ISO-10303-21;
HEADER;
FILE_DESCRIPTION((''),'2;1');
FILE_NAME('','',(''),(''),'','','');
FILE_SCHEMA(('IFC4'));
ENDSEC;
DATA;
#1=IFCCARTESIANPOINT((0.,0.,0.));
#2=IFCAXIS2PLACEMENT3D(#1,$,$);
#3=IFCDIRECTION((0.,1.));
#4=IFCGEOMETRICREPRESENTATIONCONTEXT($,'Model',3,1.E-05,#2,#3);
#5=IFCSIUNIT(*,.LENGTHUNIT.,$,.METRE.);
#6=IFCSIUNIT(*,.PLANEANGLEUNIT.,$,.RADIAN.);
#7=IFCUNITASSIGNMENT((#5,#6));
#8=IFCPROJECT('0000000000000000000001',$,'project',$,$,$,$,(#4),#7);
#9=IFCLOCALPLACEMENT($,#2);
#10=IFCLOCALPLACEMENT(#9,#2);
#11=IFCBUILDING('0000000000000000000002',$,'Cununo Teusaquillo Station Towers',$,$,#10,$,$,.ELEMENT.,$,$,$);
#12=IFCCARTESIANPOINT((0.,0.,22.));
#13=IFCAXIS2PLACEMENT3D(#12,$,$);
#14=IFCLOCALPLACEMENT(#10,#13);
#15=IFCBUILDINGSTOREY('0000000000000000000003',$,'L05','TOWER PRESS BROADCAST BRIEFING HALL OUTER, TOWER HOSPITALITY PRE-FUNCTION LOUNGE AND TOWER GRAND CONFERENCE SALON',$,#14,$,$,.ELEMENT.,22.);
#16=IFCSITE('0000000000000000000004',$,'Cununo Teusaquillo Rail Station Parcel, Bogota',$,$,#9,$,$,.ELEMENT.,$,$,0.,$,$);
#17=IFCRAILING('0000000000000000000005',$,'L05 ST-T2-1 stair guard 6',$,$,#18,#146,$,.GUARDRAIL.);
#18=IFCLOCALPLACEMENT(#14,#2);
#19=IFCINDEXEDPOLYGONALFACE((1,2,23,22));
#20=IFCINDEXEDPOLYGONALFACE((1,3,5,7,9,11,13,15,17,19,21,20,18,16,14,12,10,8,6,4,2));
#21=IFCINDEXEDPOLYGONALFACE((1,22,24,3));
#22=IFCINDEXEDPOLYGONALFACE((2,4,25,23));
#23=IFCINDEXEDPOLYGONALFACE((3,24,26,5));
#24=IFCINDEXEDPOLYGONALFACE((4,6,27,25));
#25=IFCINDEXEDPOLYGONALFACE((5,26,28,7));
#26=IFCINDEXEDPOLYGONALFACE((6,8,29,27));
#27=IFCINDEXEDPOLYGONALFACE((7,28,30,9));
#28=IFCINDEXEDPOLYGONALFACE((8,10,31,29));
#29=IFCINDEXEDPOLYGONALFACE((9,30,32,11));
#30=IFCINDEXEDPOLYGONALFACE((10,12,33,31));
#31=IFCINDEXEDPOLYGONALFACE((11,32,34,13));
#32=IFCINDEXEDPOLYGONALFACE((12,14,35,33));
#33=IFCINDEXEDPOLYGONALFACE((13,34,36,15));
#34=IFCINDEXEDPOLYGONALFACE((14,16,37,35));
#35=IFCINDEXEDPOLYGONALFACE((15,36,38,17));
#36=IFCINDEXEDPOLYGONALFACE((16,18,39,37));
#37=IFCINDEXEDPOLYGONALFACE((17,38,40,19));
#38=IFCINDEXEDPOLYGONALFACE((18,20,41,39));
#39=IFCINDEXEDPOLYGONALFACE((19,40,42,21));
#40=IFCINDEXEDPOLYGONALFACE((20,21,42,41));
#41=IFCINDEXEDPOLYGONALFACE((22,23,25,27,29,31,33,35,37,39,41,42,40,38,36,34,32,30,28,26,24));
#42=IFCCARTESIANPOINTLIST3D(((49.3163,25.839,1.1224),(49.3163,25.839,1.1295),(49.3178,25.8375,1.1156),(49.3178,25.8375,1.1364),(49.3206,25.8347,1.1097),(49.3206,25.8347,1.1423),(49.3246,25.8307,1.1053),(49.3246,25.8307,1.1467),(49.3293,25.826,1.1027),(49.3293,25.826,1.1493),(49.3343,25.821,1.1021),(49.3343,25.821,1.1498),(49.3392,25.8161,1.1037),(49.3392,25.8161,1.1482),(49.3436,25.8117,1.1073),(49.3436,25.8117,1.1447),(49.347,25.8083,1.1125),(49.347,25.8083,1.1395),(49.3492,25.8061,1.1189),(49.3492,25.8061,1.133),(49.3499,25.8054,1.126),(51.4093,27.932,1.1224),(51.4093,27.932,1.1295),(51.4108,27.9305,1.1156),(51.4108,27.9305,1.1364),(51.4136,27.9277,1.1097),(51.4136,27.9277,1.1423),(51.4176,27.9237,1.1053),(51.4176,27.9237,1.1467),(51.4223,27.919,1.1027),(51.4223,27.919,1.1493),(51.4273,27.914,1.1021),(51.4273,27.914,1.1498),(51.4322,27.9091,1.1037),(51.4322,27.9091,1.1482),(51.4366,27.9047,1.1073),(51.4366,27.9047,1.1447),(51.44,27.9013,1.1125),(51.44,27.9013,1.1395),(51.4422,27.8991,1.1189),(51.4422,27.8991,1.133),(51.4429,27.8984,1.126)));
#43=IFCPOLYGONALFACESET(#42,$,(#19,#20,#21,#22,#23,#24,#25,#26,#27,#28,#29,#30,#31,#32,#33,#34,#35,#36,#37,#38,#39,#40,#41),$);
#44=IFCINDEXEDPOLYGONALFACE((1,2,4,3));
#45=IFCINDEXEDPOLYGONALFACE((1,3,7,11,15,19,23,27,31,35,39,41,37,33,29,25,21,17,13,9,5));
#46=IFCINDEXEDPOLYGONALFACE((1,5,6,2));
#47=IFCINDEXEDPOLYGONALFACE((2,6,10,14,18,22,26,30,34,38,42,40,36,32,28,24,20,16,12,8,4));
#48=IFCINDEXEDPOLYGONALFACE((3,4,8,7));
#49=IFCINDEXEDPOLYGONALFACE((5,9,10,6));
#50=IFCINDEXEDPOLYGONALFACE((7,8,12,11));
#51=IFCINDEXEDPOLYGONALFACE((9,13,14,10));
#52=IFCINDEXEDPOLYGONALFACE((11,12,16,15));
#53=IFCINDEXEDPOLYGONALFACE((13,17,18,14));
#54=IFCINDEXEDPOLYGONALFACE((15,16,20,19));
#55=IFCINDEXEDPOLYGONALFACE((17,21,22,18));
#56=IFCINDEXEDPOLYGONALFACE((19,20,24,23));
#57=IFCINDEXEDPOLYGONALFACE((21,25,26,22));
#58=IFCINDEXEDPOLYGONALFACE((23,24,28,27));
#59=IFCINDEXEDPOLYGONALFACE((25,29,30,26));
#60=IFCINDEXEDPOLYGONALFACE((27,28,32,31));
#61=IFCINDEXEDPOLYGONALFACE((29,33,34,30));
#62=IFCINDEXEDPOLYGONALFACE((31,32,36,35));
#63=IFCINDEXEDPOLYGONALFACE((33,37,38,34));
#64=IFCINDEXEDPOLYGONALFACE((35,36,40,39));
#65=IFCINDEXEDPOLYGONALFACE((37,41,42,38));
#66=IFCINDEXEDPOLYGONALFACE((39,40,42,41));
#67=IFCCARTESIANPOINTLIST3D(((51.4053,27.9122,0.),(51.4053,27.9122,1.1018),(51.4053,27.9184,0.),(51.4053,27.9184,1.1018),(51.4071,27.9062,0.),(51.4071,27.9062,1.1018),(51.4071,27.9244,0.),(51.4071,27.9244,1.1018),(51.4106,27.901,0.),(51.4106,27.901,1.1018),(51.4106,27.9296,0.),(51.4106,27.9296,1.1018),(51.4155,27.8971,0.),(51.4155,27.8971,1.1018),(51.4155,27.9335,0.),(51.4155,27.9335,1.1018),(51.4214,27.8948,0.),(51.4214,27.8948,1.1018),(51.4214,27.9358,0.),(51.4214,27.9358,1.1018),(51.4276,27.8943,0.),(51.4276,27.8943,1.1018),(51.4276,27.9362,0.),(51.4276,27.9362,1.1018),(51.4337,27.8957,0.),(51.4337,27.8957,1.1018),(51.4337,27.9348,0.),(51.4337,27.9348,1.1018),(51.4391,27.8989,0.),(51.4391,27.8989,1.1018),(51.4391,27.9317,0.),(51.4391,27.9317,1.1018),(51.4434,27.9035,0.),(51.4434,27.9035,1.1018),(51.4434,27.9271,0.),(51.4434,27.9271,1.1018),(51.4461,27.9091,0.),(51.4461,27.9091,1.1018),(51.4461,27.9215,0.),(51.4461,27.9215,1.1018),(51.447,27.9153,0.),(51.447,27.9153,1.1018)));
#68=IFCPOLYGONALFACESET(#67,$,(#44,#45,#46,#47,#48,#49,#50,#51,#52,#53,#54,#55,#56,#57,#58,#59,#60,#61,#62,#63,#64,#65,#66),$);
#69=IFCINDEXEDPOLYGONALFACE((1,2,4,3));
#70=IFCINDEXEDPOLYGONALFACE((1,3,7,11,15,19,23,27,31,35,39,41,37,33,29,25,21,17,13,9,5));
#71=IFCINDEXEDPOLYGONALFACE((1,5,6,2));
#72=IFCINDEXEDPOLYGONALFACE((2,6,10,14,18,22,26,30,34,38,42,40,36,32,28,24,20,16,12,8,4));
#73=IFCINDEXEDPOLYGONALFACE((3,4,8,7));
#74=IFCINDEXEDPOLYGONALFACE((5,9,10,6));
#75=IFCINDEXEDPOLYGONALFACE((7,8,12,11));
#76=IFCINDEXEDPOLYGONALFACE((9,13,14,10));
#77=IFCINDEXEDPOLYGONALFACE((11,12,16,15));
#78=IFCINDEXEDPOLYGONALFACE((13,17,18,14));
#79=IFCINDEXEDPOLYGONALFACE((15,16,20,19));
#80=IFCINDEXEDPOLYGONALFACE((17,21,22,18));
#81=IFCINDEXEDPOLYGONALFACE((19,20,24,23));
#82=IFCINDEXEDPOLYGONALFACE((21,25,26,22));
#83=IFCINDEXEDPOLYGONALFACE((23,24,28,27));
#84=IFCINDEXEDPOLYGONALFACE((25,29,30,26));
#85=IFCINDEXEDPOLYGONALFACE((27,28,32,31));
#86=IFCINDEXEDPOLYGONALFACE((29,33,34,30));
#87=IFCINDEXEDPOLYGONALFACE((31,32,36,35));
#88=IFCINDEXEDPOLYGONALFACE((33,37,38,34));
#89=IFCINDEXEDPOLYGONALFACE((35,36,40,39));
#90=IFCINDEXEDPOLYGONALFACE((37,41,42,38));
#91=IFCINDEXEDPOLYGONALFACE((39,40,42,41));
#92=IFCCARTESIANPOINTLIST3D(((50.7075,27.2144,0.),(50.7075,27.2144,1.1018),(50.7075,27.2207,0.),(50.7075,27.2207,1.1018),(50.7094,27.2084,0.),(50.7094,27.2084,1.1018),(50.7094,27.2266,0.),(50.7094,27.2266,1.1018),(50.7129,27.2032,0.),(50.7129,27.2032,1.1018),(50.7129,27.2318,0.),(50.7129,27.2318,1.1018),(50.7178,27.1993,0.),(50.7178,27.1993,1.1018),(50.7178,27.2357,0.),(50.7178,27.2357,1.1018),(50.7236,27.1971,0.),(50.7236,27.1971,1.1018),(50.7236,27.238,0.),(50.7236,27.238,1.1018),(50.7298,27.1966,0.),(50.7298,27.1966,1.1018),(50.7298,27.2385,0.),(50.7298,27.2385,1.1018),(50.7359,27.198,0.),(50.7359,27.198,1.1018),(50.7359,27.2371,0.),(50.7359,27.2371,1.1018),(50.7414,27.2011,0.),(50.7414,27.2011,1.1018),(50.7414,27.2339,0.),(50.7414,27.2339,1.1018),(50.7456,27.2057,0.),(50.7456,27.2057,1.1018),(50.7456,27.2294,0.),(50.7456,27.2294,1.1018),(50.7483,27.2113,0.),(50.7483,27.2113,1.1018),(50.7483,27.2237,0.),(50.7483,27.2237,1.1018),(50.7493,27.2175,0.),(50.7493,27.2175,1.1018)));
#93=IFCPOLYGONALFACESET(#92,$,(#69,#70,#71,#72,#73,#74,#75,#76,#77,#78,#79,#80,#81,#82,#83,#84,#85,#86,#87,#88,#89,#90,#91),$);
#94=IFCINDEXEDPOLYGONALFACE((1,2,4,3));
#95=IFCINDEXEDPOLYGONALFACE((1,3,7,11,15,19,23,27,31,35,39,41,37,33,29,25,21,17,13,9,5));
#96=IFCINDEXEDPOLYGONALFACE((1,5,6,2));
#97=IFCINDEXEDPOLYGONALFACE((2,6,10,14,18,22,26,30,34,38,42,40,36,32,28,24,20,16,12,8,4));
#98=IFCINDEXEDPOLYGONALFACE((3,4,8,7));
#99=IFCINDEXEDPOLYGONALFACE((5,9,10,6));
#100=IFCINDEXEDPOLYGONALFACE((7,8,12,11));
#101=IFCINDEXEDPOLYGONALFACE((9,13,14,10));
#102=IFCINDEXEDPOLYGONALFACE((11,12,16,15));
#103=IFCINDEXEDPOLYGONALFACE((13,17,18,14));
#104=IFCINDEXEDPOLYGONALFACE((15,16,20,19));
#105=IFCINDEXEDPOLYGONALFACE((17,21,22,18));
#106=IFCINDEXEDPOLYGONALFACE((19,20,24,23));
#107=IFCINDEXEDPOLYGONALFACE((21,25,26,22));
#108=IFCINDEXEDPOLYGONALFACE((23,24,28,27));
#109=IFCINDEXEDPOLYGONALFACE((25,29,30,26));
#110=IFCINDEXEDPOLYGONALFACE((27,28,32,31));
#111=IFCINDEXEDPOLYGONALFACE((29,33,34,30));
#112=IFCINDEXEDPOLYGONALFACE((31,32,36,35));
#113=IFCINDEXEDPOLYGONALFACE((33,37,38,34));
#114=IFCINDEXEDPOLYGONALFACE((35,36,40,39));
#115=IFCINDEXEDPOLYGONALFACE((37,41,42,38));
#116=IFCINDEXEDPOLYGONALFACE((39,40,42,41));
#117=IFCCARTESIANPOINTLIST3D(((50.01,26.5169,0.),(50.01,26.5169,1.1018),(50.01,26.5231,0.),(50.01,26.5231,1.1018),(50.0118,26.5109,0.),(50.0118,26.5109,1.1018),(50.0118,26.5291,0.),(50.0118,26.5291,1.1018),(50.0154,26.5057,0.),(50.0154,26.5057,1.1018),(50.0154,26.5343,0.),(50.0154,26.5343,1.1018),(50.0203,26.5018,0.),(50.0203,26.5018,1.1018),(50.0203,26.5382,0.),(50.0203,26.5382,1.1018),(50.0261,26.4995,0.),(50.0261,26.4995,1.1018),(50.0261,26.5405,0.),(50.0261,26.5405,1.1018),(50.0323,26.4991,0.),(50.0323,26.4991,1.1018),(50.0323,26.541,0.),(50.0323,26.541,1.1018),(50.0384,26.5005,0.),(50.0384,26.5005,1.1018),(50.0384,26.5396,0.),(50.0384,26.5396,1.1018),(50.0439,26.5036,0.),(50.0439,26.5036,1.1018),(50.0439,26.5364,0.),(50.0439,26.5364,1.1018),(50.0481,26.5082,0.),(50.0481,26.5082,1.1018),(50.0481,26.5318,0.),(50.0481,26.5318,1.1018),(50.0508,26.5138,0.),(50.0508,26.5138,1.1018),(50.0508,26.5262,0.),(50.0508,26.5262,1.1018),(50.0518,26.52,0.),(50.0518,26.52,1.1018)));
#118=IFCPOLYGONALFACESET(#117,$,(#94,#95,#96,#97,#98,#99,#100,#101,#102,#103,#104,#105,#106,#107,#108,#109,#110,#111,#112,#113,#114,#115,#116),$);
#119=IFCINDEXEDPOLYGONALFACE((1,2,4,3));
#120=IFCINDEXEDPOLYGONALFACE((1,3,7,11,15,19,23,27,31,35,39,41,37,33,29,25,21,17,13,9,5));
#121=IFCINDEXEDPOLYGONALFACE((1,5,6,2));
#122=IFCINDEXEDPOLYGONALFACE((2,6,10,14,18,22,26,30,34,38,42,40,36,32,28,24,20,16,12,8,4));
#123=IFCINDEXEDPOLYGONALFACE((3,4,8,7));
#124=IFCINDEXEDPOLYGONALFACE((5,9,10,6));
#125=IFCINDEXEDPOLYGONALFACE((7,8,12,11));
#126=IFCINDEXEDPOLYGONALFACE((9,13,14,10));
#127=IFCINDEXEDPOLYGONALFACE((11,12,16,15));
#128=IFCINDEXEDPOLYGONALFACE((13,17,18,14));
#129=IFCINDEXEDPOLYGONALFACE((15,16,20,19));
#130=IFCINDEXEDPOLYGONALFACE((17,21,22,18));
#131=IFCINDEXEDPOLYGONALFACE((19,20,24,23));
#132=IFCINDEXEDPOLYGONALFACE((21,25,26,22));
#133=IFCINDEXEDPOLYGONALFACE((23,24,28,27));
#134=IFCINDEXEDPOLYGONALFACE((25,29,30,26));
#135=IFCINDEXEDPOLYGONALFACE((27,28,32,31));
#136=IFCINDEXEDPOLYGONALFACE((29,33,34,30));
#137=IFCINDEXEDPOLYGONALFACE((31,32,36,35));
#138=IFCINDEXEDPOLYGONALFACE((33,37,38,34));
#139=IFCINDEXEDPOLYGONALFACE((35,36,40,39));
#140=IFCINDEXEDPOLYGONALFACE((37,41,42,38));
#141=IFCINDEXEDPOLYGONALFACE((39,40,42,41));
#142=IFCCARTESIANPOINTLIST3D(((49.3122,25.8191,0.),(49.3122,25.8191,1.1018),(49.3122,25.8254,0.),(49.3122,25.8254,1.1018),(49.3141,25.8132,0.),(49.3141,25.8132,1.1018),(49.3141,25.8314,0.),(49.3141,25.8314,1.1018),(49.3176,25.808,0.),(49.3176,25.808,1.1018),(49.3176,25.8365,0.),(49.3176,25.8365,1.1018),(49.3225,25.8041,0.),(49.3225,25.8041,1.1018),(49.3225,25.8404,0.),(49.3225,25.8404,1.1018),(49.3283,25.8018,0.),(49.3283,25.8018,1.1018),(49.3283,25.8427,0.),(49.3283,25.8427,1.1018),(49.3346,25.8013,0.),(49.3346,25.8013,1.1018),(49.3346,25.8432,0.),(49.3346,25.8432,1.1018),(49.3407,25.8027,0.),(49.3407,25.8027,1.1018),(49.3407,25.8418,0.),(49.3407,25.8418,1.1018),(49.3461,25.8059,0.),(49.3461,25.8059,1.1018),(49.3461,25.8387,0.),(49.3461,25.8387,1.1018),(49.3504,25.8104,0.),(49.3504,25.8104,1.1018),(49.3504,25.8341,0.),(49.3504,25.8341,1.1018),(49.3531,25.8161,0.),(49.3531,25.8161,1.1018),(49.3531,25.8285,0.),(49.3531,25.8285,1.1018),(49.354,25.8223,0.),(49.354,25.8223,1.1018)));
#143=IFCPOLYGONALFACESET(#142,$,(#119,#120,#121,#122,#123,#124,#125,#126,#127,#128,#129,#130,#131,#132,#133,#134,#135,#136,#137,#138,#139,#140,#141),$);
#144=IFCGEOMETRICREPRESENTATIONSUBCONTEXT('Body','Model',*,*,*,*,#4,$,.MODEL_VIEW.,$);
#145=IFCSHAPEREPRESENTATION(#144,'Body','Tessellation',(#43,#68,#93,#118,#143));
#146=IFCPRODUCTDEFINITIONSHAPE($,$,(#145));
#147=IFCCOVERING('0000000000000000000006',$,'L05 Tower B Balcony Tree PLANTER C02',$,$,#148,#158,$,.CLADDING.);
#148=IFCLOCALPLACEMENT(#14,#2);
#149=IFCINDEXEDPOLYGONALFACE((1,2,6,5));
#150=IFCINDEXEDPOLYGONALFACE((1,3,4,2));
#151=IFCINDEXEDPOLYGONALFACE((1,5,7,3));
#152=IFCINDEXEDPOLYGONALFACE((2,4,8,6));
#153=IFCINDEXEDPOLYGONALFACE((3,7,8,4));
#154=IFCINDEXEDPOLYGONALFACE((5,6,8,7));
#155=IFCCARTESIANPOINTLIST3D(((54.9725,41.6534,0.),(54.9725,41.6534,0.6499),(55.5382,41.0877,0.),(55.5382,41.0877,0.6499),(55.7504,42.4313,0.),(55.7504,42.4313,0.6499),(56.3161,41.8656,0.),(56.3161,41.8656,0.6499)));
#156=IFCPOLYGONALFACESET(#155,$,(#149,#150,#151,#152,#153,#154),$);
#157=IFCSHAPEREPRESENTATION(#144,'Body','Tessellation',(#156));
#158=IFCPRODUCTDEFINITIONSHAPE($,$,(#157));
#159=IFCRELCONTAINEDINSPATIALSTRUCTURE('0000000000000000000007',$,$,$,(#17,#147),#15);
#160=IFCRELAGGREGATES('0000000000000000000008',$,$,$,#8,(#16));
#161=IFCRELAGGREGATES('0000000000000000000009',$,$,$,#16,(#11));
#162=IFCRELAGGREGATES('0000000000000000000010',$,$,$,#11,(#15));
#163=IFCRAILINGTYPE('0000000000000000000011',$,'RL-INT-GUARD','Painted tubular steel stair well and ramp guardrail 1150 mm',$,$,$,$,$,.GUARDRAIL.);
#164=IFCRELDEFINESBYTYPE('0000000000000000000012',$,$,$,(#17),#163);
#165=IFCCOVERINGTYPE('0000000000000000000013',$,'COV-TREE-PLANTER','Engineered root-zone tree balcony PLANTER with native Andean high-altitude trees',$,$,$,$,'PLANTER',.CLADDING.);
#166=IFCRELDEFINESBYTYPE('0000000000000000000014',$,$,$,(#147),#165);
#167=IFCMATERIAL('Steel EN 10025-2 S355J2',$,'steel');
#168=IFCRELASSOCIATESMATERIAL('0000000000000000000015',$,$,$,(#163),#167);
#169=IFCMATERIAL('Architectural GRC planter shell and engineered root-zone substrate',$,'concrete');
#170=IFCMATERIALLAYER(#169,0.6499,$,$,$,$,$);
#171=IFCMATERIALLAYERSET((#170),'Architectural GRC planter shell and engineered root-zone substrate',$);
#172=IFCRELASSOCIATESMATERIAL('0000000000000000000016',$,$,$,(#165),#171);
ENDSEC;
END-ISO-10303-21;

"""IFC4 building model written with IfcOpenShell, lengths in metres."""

from ifc_helpers import new_model, si_unit, direction, frame, origin, origin_2d, place, context, subcontext, project, spatial, rectangle, circle, extrude, source, transform, mapped, material, layer, layer_set, type_object, element, save


model = new_model("IFC4")

# Units and contexts
model_context = context("Model", 3, precision=1e-05, world=origin(), true_north=direction((0.0, 1.0)))
body_context = subcontext(model_context, "Body", "Model", "MODEL_VIEW")
ifc_project = project(units=[si_unit("LENGTHUNIT", "METRE"), si_unit("PLANEANGLEUNIT", "RADIAN")], contexts=[model_context])

# Site, building, storey
site_placement = place(None, origin())
site = spatial("IfcSite", under=ifc_project, at=site_placement, Name="Cununo Teusaquillo Rail Station Parcel, Bogota", CompositionType="ELEMENT", RefElevation=0.0)
building_placement = place(site_placement, origin())
building = spatial("IfcBuilding", under=site, at=building_placement, Name="Cununo Teusaquillo Station Towers", CompositionType="ELEMENT")
storey_placement = place(building_placement, frame((0.0, 0.0, 22.0)))
storey = spatial("IfcBuildingStorey", under=building, at=storey_placement, Name="L05", Description="TOWER PRESS BROADCAST BRIEFING HALL OUTER, TOWER HOSPITALITY PRE-FUNCTION LOUNGE AND TOWER GRAND CONFERENCE SALON", CompositionType="ELEMENT", Elevation=22.0)

# Railing
ifc_material_1 = material(Name="Steel EN 10025-2 S355J2", Category="steel")
railing_type_1 = type_object("IfcRailingType", Name="RL-INT-GUARD", Description="Painted tubular steel stair well and ramp guardrail 1150 mm", PredefinedType="GUARDRAIL", material=ifc_material_1)
railing_1_placement = place(storey_placement, frame((51.426, 27.9153, 0.0)))
element("IfcRailing", 1, at=railing_1_placement, inside=storey, type_object=railing_type_1, Name="L05 ST-T2-1 stair guard 6", PredefinedType="GUARDRAIL", context=body_context, shape_type="SweptSolid", body=[
    extrude(circle(Radius=0.0239, at=origin_2d()), frame((0.0, 0.0, 1.126), z_axis=(-0.707107, -0.707107, 0.0), x_axis=(0.707107, -0.707107, 0.0)), (0.0, 0.0, 1.0), 2.96),
    extrude(circle(Radius=0.021, at=origin_2d()), origin(), (0.0, 0.0, 1.0), 1.1018),
    extrude(circle(Radius=0.021, at=origin_2d()), frame((-0.6978, -0.6978, 0.0)), (0.0, 0.0, 1.0), 1.1018),
    extrude(circle(Radius=0.021, at=origin_2d()), frame((-1.3953, -1.3953, 0.0)), (0.0, 0.0, 1.0), 1.1018),
    extrude(circle(Radius=0.021, at=origin_2d()), frame((-2.093, -2.093, 0.0)), (0.0, 0.0, 1.0), 1.1018),
])

# Covering
ifc_material_2 = material(Name="Architectural GRC planter shell and engineered root-zone substrate", Category="concrete")
ifc_layer_1 = layer(ifc_material_2, 0.6499)
ifc_layer_set_1 = layer_set([ifc_layer_1], Name="Architectural GRC planter shell and engineered root-zone substrate")
covering_type = type_object("IfcCoveringType", Name="COV-TREE-PLANTER", Description="Engineered root-zone tree balcony PLANTER with native Andean high-altitude trees", ElementType="PLANTER", PredefinedType="CLADDING", material=ifc_layer_set_1)
shared_shape_1 = source(origin(), body_context, "Body", "SweptSolid", [
    extrude(rectangle(XDim=1.1001, YDim=0.8, at=origin_2d()), origin(), (0.0, 0.0, 1.0), 0.6499),
])
covering_placement = place(storey_placement, frame((55.6443, 41.7595, 0.0), z_axis=(0.0, 0.0, 1.0), x_axis=(0.707107, 0.707107, 0.0)))
element("IfcCovering", 2, at=covering_placement, inside=storey, type_object=covering_type, Name="L05 Tower B Balcony Tree PLANTER C02", PredefinedType="CLADDING", context=body_context, shape_type="MappedRepresentation", body=[
    mapped(shared_shape_1, transform((0.0, 0.0, 0.0), x_axis=(1.0, 0.0, 0.0), y_axis=(0.0, 1.0, 0.0), z_axis=(0.0, 0.0, 1.0), scale=1.0)),
])

save(model, "model.ifc")
